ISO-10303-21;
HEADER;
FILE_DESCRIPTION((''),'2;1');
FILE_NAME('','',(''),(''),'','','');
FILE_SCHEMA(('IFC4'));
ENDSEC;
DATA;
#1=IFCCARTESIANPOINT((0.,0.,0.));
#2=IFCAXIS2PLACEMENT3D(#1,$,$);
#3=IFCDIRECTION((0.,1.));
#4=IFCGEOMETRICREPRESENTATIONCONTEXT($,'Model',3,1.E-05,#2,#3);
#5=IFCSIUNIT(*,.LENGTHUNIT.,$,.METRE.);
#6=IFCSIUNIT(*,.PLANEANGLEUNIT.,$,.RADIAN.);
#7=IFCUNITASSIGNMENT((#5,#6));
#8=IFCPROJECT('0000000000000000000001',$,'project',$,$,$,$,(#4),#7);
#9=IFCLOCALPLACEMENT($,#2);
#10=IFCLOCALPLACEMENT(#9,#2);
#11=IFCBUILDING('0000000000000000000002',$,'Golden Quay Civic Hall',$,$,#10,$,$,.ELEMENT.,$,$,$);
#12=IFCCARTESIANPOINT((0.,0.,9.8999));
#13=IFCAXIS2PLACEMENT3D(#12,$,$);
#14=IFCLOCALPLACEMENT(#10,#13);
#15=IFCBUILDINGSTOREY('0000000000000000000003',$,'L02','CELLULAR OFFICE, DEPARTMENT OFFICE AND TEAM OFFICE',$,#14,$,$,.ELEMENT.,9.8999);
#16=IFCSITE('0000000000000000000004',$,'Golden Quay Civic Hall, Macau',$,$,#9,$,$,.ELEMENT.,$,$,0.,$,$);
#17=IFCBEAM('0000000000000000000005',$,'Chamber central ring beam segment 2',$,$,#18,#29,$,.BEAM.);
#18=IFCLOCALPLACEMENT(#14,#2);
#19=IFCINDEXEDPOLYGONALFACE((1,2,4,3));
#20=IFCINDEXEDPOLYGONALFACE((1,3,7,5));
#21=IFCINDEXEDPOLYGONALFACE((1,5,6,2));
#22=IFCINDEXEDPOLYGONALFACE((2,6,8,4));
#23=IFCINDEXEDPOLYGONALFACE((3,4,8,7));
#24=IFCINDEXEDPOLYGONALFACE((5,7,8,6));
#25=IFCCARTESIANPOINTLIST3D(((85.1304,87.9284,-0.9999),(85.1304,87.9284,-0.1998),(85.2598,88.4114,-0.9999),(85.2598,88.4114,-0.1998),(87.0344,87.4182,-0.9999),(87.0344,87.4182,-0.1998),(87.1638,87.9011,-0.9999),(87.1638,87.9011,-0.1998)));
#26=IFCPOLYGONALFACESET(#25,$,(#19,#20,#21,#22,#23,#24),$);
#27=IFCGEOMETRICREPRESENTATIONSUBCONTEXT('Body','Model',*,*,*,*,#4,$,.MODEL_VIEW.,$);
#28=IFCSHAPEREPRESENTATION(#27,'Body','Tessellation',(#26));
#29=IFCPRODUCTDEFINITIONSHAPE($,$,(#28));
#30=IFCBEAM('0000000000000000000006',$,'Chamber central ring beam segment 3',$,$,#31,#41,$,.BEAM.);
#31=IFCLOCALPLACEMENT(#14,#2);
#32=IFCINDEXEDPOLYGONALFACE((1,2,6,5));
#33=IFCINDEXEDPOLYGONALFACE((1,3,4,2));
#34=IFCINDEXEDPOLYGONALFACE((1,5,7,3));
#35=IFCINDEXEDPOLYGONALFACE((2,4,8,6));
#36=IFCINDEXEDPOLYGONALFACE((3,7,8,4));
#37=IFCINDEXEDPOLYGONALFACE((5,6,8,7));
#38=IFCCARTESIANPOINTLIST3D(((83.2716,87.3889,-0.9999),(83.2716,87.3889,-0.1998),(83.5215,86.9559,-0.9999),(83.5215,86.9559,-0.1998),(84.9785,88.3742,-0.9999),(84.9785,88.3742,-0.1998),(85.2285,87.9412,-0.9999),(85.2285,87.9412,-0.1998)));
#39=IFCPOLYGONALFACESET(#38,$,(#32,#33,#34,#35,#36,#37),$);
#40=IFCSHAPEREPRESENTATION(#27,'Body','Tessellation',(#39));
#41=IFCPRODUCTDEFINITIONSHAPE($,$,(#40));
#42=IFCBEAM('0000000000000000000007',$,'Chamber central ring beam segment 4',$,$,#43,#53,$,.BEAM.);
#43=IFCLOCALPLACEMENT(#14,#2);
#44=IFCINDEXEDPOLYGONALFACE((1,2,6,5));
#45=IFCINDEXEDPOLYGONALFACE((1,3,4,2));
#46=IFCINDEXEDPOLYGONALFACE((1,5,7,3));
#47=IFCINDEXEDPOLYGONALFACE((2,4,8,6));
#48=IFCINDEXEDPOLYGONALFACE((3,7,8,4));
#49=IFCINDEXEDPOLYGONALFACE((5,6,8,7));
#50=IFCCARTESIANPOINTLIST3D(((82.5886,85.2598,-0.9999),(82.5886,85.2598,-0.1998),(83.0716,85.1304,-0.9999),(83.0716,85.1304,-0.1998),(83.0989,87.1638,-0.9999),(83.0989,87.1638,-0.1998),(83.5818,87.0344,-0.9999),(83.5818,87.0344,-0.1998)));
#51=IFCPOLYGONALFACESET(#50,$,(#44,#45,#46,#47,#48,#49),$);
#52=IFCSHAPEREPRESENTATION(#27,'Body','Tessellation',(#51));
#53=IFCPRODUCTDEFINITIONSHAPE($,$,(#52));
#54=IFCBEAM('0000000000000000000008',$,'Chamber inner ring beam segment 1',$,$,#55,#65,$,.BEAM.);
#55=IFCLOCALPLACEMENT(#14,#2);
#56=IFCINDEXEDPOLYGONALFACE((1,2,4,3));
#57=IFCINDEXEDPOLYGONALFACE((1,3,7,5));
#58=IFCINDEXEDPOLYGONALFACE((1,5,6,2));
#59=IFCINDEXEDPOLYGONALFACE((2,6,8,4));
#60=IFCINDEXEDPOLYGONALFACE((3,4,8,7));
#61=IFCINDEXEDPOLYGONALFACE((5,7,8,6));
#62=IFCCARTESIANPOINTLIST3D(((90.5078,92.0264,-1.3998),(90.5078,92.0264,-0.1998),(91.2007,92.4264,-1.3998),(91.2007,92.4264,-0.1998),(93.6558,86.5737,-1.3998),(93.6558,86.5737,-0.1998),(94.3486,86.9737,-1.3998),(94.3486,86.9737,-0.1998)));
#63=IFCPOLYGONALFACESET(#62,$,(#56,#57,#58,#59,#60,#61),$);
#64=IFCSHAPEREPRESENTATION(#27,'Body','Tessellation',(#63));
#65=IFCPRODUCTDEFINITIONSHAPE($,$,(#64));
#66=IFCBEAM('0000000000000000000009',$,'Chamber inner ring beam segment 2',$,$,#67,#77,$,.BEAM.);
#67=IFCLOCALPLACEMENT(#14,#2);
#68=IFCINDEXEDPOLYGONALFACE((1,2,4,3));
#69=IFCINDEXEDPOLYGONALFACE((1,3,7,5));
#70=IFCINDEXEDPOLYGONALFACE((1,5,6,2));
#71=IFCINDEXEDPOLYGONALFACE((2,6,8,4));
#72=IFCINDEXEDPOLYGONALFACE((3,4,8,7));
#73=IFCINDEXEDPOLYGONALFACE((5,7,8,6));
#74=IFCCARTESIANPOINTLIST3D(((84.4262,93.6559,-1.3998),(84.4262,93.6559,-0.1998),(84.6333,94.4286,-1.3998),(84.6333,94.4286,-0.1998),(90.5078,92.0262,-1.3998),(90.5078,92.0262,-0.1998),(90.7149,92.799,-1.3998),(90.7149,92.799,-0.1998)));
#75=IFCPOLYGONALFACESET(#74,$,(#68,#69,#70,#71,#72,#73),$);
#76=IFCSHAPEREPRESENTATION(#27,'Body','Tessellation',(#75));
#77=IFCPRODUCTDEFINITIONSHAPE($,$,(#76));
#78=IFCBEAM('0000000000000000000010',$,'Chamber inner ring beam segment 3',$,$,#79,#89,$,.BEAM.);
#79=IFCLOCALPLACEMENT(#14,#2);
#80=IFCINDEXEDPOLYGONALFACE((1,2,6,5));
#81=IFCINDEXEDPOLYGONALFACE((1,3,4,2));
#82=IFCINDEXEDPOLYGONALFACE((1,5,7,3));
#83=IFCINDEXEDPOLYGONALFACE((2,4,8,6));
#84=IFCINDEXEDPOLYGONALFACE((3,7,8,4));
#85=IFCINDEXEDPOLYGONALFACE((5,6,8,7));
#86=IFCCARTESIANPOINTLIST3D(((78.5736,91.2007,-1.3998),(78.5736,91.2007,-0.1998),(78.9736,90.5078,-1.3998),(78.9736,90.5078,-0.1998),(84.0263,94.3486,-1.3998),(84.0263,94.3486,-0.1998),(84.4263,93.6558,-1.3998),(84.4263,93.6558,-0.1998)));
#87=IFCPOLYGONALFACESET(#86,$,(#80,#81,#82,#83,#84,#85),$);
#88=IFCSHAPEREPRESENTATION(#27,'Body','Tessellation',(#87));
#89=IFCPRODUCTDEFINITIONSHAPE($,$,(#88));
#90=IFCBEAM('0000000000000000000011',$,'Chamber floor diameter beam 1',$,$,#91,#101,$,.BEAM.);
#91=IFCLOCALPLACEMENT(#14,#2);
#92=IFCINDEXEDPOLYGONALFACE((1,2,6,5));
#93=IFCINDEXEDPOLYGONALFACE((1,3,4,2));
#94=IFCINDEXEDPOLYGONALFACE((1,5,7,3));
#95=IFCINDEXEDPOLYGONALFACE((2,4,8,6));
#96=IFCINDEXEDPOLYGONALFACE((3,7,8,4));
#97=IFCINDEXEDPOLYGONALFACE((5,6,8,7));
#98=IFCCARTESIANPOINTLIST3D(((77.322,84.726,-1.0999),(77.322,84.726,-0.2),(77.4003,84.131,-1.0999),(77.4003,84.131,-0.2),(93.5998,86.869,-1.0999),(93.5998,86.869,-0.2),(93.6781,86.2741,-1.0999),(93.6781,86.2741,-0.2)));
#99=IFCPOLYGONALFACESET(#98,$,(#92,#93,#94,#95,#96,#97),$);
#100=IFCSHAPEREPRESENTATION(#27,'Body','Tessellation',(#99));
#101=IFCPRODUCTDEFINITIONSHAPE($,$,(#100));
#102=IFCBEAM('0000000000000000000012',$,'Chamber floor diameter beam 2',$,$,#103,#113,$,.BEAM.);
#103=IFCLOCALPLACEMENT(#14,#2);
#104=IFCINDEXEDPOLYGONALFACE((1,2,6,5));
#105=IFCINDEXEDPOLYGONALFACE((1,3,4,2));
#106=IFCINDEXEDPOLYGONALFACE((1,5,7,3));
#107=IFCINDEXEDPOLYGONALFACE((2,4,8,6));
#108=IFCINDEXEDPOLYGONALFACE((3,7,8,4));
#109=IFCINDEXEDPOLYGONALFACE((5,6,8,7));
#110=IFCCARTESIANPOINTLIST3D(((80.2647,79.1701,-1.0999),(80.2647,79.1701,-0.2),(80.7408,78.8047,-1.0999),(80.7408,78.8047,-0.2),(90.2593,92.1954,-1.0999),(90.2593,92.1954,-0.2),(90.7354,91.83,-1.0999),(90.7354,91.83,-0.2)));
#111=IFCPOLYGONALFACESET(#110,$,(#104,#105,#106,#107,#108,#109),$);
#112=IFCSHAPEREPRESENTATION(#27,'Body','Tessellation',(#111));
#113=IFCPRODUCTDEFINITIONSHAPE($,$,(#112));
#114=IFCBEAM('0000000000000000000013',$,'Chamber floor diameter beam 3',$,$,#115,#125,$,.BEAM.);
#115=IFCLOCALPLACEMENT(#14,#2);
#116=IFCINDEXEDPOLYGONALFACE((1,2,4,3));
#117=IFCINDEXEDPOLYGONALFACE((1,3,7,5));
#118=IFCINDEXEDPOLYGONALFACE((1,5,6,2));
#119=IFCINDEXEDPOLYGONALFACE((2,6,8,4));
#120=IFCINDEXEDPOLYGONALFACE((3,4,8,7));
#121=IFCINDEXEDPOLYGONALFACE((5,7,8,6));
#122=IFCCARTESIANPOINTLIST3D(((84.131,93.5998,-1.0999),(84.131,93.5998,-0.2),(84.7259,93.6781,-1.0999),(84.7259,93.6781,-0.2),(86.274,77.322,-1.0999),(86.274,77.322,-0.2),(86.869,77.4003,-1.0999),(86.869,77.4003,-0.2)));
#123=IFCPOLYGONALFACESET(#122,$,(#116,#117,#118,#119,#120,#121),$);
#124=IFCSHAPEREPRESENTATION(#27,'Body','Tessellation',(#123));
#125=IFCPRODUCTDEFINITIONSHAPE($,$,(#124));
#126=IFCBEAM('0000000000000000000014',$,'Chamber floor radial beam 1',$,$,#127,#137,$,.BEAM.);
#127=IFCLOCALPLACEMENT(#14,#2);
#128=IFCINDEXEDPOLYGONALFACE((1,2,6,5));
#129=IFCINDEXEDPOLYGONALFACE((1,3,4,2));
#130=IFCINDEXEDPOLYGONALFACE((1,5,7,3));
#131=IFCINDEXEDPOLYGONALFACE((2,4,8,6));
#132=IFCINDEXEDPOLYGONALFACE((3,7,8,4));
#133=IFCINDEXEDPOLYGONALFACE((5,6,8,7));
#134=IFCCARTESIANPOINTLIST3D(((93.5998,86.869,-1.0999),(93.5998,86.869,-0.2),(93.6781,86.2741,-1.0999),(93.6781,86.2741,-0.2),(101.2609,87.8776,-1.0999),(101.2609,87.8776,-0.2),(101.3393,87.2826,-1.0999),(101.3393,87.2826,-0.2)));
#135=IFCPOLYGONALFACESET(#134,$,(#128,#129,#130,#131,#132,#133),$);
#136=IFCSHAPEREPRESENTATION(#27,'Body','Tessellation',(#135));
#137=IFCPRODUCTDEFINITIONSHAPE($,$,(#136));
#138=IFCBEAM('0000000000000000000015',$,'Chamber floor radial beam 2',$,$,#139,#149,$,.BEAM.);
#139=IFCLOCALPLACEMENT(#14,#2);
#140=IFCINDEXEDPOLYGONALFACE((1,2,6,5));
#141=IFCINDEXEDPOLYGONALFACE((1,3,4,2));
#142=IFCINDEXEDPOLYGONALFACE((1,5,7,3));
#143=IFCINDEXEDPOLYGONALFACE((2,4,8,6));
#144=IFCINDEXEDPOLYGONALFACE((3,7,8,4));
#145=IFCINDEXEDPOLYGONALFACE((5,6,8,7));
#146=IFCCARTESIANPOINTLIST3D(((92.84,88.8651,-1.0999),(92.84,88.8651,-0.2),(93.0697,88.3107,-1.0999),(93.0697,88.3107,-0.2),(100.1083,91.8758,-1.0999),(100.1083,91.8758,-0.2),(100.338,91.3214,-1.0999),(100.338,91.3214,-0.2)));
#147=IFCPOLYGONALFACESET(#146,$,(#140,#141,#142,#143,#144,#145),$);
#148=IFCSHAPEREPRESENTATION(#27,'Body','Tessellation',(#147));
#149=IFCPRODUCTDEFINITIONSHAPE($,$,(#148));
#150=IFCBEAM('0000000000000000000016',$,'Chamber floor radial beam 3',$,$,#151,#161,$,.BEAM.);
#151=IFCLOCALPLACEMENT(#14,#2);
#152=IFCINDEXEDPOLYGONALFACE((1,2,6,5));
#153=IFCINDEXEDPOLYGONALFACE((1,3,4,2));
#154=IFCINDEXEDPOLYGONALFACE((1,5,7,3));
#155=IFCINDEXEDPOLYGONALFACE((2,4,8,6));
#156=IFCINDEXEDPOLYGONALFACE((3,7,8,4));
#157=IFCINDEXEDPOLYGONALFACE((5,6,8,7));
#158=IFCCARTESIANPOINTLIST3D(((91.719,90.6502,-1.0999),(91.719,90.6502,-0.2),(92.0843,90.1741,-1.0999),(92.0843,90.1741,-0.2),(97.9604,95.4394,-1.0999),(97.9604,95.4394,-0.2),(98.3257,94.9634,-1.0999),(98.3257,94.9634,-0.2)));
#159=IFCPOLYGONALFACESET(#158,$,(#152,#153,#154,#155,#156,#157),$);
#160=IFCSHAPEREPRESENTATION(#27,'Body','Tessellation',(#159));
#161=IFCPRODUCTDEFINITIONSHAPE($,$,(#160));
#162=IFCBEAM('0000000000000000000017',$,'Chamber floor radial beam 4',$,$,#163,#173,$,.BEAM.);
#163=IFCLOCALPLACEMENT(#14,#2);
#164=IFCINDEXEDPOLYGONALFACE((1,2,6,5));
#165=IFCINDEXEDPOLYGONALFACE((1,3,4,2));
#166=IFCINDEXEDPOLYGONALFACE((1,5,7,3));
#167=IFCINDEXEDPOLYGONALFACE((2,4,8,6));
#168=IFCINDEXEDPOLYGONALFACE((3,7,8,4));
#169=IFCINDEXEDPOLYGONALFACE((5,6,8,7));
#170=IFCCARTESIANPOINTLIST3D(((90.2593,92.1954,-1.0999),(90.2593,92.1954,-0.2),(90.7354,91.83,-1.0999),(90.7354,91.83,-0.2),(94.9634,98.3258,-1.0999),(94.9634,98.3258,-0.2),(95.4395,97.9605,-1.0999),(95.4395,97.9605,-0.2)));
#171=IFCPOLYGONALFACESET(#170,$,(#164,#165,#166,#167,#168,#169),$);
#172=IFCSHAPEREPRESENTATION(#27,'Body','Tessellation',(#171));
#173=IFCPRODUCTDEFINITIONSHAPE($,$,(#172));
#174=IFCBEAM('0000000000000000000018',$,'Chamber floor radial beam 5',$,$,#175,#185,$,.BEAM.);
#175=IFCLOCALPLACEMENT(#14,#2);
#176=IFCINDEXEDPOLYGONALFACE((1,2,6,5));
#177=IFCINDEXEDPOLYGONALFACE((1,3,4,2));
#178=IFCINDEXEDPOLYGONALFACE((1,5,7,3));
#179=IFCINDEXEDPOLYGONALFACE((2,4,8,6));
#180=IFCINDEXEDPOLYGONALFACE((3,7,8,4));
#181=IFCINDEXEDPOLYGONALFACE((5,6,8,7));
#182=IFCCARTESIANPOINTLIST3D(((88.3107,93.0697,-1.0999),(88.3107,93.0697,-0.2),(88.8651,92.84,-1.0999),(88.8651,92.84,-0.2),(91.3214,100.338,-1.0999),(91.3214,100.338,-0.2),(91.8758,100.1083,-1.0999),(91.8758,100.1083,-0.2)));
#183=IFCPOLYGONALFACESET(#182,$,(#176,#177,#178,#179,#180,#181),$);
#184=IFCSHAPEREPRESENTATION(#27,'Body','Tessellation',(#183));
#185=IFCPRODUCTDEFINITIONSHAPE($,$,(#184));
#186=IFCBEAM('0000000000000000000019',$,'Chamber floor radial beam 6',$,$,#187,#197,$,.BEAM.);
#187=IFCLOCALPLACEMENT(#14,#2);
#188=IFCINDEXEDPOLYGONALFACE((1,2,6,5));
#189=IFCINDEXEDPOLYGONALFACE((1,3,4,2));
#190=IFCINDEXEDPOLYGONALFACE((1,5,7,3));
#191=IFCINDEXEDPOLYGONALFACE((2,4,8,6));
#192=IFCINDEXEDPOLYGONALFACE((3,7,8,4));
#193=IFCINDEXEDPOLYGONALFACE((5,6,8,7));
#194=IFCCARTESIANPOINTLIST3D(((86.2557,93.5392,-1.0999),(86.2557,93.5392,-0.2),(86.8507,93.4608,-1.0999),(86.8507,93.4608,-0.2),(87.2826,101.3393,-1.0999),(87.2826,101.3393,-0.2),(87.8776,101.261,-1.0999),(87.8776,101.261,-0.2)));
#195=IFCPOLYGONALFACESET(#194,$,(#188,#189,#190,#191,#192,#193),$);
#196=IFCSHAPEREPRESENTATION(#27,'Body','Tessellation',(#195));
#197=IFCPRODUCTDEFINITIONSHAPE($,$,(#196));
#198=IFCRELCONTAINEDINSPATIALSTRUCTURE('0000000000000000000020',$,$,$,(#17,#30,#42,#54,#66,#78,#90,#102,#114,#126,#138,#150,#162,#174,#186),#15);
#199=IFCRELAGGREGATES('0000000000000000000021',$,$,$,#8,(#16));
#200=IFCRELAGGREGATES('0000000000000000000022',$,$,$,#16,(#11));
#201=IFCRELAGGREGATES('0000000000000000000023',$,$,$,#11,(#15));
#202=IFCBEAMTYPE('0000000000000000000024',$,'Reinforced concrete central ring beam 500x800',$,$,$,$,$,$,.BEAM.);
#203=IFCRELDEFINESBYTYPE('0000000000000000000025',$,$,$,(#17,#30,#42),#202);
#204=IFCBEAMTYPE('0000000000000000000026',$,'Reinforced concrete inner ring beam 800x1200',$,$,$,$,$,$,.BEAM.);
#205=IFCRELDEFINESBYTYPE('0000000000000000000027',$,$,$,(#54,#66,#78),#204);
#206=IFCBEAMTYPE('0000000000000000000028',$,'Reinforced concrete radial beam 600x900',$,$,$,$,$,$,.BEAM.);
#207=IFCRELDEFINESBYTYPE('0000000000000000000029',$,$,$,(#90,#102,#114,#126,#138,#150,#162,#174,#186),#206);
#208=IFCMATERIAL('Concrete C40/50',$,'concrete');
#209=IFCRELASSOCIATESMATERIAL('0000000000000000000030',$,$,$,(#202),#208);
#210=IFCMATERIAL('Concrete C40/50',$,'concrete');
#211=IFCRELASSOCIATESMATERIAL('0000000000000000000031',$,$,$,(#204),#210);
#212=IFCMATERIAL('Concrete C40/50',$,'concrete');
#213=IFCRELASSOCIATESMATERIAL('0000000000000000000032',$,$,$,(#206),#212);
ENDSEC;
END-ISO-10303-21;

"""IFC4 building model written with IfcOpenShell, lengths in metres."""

from ifc_helpers import new_model, si_unit, direction, frame, origin, origin_2d, place, context, subcontext, project, spatial, rectangle, extrude, material, material_profile, profile_set, type_object, element, save


model = new_model("IFC4")

# Units and contexts
model_context = context("Model", 3, precision=1e-05, world=origin(), true_north=direction((0.0, 1.0)))
body_context = subcontext(model_context, "Body", "Model", "MODEL_VIEW")
ifc_project = project(units=[si_unit("LENGTHUNIT", "METRE"), si_unit("PLANEANGLEUNIT", "RADIAN")], contexts=[model_context])

# Site, building, storey
site_placement = place(None, origin())
site = spatial("IfcSite", under=ifc_project, at=site_placement, Name="Golden Quay Civic Hall, Macau", CompositionType="ELEMENT", RefElevation=0.0)
building_placement = place(site_placement, origin())
building = spatial("IfcBuilding", under=site, at=building_placement, Name="Golden Quay Civic Hall", CompositionType="ELEMENT")
storey_placement = place(building_placement, frame((0.0, 0.0, 9.8999)))
storey = spatial("IfcBuildingStorey", under=building, at=storey_placement, Name="L02", Description="CELLULAR OFFICE, DEPARTMENT OFFICE AND TEAM OFFICE", CompositionType="ELEMENT", Elevation=9.8999)

# Beams
ifc_material_1 = material(Name="Concrete C40/50", Category="concrete")
ifc_material_profile_1 = material_profile(ifc_material_1, rectangle(XDim=0.5, YDim=0.8, at=origin_2d()), Name="RC 500x800")
ifc_profile_set_1 = profile_set([ifc_material_profile_1], Name="Concrete C40/50")
beam_type_1 = type_object("IfcBeamType", Name="Reinforced concrete central ring beam 500x800", PredefinedType="BEAM", material=ifc_profile_set_1)
beam_1_placement = place(storey_placement, frame((87.0991, 87.6597, -0.5999), z_axis=(-0.965918, 0.25885, 0.0), x_axis=(-0.25885, -0.965918, 0.0)))
element("IfcBeam", 1, at=beam_1_placement, inside=storey, type_object=beam_type_1, Name="Chamber central ring beam segment 2", PredefinedType="BEAM", context=body_context, shape_type="SweptSolid", body=[
    extrude(rectangle(XDim=0.5, YDim=0.8, at=origin_2d()), origin(), (0.0, 0.0, 1.0), 1.9712),
])
beam_2_placement = place(storey_placement, frame((85.1035, 88.1577, -0.5999), z_axis=(-0.86607, -0.499923, 0.0), x_axis=(0.499923, -0.86607, 0.0)))
element("IfcBeam", 2, at=beam_2_placement, inside=storey, type_object=beam_type_1, Name="Chamber central ring beam segment 3", PredefinedType="BEAM", context=body_context, shape_type="SweptSolid", body=[
    extrude(rectangle(XDim=0.5, YDim=0.8, at=origin_2d()), origin(), (0.0, 0.0, 1.0), 1.9709),
])
beam_3_placement = place(storey_placement, frame((83.3403, 87.0991, -0.5999), z_axis=(-0.25885, -0.965918, 0.0), x_axis=(0.965918, -0.25885, 0.0)))
element("IfcBeam", 3, at=beam_3_placement, inside=storey, type_object=beam_type_1, Name="Chamber central ring beam segment 4", PredefinedType="BEAM", context=body_context, shape_type="SweptSolid", body=[
    extrude(rectangle(XDim=0.5, YDim=0.8, at=origin_2d()), origin(), (0.0, 0.0, 1.0), 1.9712),
])
ifc_material_2 = material(Name="Concrete C40/50", Category="concrete")
ifc_material_profile_2 = material_profile(ifc_material_2, rectangle(XDim=0.8, YDim=1.2, at=origin_2d()), Name="RC 800x1200")
ifc_profile_set_2 = profile_set([ifc_material_profile_2], Name="Concrete C40/50")
beam_type_2 = type_object("IfcBeamType", Name="Reinforced concrete inner ring beam 800x1200", PredefinedType="BEAM", material=ifc_profile_set_2)
for number, where, z_axis, x_axis, name in (
    (4, (94.0022, 86.7737, -0.7998), (-0.499984, 0.866034, 0.0), (-0.866034, -0.499984, 0.0), "Chamber inner ring beam segment 1"),
    (5, (90.6113, 92.4126, -0.7998), (-0.965922, 0.258833, 0.0), (-0.258833, -0.965922, 0.0), "Chamber inner ring beam segment 2"),
    (6, (84.2263, 94.0022, -0.7998), (-0.866034, -0.499984, 0.0), (0.499984, -0.866034, 0.0), "Chamber inner ring beam segment 3"),
):
    element("IfcBeam", number, at=place(storey_placement, frame(where, z_axis=z_axis, x_axis=x_axis)), inside=storey, type_object=beam_type_2, Name=name, PredefinedType="BEAM", context=body_context, shape_type="SweptSolid", body=[
        extrude(rectangle(XDim=0.8, YDim=1.2, at=origin_2d()), origin(), (0.0, 0.0, 1.0), 6.2961),
    ])
ifc_material_3 = material(Name="Concrete C40/50", Category="concrete")
ifc_material_profile_3 = material_profile(ifc_material_3, rectangle(XDim=0.6001, YDim=0.8999, at=origin_2d()), Name="RC 600x900")
ifc_profile_set_3 = profile_set([ifc_material_profile_3], Name="Concrete C40/50")
beam_type_3 = type_object("IfcBeamType", Name="Reinforced concrete radial beam 600x900", PredefinedType="BEAM", material=ifc_profile_set_3)
beam_4_placement = place(storey_placement, frame((93.6389, 86.5715, -0.6499), z_axis=(-0.991444, -0.130529, 0.0), x_axis=(0.130529, -0.991444, 0.0)))
element("IfcBeam", 7, at=beam_4_placement, inside=storey, type_object=beam_type_3, Name="Chamber floor diameter beam 1", PredefinedType="BEAM", context=body_context, shape_type="SweptSolid", body=[
    extrude(rectangle(XDim=0.6001, YDim=0.8999, at=origin_2d()), origin(), (0.0, 0.0, 1.0), 16.4182),
])
beam_5_placement = place(storey_placement, frame((90.4973, 92.0127, -0.6499), z_axis=(-0.608757, -0.793356, 0.0), x_axis=(0.793356, -0.608757, 0.0)))
element("IfcBeam", 8, at=beam_5_placement, inside=storey, type_object=beam_type_3, Name="Chamber floor diameter beam 2", PredefinedType="BEAM", context=body_context, shape_type="SweptSolid", body=[
    extrude(rectangle(XDim=0.6001, YDim=0.8999, at=origin_2d()), origin(), (0.0, 0.0, 1.0), 16.418),
])
beam_6_placement = place(storey_placement, frame((84.4285, 93.6389, -0.6499), z_axis=(0.130529, -0.991444, 0.0), x_axis=(0.991444, 0.130529, 0.0)))
element("IfcBeam", 9, at=beam_6_placement, inside=storey, type_object=beam_type_3, Name="Chamber floor diameter beam 3", PredefinedType="BEAM", context=body_context, shape_type="SweptSolid", body=[
    extrude(rectangle(XDim=0.6001, YDim=0.8999, at=origin_2d()), origin(), (0.0, 0.0, 1.0), 16.4182),
])
beam_7_placement = place(storey_placement, frame((93.6389, 86.5715, -0.6499), z_axis=(0.991446, 0.130518, 0.0), x_axis=(-0.130518, 0.991446, 0.0)))
element("IfcBeam", 10, at=beam_7_placement, inside=storey, type_object=beam_type_3, Name="Chamber floor radial beam 1", PredefinedType="BEAM", context=body_context, shape_type="SweptSolid", body=[
    extrude(rectangle(XDim=0.6001, YDim=0.8999, at=origin_2d()), origin(), (0.0, 0.0, 1.0), 7.7273),
])
for number, where, z_axis, x_axis, name in (
    (11, (92.9548, 88.5879, -0.6499), (0.923875, 0.382695, 0.0), (-0.382695, 0.923875, 0.0), "Chamber floor radial beam 2"),
    (12, (91.9016, 90.4121, -0.6499), (0.793349, 0.608767, 0.0), (-0.608767, 0.793349, 0.0), "Chamber floor radial beam 3"),
):
    element("IfcBeam", number, at=place(storey_placement, frame(where, z_axis=z_axis, x_axis=x_axis)), inside=storey, type_object=beam_type_3, Name=name, PredefinedType="BEAM", context=body_context, shape_type="SweptSolid", body=[
        extrude(rectangle(XDim=0.6001, YDim=0.8999, at=origin_2d()), origin(), (0.0, 0.0, 1.0), 7.8672),
    ])
beam_8_placement = place(storey_placement, frame((90.4973, 92.0127, -0.6499), z_axis=(0.60877, 0.793347, 0.0), x_axis=(-0.793347, 0.60877, 0.0)))
element("IfcBeam", 13, at=beam_8_placement, inside=storey, type_object=beam_type_3, Name="Chamber floor radial beam 4", PredefinedType="BEAM", context=body_context, shape_type="SweptSolid", body=[
    extrude(rectangle(XDim=0.6001, YDim=0.8999, at=origin_2d()), origin(), (0.0, 0.0, 1.0), 7.7273),
])
beam_9_placement = place(storey_placement, frame((88.5879, 92.9548, -0.6499), z_axis=(0.382695, 0.923875, 0.0), x_axis=(-0.923875, 0.382695, 0.0)))
element("IfcBeam", 14, at=beam_9_placement, inside=storey, type_object=beam_type_3, Name="Chamber floor radial beam 5", PredefinedType="BEAM", context=body_context, shape_type="SweptSolid", body=[
    extrude(rectangle(XDim=0.6001, YDim=0.8999, at=origin_2d()), origin(), (0.0, 0.0, 1.0), 7.8672),
])
beam_10_placement = place(storey_placement, frame((86.5532, 93.5, -0.6499), z_axis=(0.130521, 0.991446, 0.0), x_axis=(-0.991446, 0.130521, 0.0)))
element("IfcBeam", 15, at=beam_10_placement, inside=storey, type_object=beam_type_3, Name="Chamber floor radial beam 6", PredefinedType="BEAM", context=body_context, shape_type="SweptSolid", body=[
    extrude(rectangle(XDim=0.6001, YDim=0.8999, at=origin_2d()), origin(), (0.0, 0.0, 1.0), 7.8674),
])

save(model, "model.ifc")
